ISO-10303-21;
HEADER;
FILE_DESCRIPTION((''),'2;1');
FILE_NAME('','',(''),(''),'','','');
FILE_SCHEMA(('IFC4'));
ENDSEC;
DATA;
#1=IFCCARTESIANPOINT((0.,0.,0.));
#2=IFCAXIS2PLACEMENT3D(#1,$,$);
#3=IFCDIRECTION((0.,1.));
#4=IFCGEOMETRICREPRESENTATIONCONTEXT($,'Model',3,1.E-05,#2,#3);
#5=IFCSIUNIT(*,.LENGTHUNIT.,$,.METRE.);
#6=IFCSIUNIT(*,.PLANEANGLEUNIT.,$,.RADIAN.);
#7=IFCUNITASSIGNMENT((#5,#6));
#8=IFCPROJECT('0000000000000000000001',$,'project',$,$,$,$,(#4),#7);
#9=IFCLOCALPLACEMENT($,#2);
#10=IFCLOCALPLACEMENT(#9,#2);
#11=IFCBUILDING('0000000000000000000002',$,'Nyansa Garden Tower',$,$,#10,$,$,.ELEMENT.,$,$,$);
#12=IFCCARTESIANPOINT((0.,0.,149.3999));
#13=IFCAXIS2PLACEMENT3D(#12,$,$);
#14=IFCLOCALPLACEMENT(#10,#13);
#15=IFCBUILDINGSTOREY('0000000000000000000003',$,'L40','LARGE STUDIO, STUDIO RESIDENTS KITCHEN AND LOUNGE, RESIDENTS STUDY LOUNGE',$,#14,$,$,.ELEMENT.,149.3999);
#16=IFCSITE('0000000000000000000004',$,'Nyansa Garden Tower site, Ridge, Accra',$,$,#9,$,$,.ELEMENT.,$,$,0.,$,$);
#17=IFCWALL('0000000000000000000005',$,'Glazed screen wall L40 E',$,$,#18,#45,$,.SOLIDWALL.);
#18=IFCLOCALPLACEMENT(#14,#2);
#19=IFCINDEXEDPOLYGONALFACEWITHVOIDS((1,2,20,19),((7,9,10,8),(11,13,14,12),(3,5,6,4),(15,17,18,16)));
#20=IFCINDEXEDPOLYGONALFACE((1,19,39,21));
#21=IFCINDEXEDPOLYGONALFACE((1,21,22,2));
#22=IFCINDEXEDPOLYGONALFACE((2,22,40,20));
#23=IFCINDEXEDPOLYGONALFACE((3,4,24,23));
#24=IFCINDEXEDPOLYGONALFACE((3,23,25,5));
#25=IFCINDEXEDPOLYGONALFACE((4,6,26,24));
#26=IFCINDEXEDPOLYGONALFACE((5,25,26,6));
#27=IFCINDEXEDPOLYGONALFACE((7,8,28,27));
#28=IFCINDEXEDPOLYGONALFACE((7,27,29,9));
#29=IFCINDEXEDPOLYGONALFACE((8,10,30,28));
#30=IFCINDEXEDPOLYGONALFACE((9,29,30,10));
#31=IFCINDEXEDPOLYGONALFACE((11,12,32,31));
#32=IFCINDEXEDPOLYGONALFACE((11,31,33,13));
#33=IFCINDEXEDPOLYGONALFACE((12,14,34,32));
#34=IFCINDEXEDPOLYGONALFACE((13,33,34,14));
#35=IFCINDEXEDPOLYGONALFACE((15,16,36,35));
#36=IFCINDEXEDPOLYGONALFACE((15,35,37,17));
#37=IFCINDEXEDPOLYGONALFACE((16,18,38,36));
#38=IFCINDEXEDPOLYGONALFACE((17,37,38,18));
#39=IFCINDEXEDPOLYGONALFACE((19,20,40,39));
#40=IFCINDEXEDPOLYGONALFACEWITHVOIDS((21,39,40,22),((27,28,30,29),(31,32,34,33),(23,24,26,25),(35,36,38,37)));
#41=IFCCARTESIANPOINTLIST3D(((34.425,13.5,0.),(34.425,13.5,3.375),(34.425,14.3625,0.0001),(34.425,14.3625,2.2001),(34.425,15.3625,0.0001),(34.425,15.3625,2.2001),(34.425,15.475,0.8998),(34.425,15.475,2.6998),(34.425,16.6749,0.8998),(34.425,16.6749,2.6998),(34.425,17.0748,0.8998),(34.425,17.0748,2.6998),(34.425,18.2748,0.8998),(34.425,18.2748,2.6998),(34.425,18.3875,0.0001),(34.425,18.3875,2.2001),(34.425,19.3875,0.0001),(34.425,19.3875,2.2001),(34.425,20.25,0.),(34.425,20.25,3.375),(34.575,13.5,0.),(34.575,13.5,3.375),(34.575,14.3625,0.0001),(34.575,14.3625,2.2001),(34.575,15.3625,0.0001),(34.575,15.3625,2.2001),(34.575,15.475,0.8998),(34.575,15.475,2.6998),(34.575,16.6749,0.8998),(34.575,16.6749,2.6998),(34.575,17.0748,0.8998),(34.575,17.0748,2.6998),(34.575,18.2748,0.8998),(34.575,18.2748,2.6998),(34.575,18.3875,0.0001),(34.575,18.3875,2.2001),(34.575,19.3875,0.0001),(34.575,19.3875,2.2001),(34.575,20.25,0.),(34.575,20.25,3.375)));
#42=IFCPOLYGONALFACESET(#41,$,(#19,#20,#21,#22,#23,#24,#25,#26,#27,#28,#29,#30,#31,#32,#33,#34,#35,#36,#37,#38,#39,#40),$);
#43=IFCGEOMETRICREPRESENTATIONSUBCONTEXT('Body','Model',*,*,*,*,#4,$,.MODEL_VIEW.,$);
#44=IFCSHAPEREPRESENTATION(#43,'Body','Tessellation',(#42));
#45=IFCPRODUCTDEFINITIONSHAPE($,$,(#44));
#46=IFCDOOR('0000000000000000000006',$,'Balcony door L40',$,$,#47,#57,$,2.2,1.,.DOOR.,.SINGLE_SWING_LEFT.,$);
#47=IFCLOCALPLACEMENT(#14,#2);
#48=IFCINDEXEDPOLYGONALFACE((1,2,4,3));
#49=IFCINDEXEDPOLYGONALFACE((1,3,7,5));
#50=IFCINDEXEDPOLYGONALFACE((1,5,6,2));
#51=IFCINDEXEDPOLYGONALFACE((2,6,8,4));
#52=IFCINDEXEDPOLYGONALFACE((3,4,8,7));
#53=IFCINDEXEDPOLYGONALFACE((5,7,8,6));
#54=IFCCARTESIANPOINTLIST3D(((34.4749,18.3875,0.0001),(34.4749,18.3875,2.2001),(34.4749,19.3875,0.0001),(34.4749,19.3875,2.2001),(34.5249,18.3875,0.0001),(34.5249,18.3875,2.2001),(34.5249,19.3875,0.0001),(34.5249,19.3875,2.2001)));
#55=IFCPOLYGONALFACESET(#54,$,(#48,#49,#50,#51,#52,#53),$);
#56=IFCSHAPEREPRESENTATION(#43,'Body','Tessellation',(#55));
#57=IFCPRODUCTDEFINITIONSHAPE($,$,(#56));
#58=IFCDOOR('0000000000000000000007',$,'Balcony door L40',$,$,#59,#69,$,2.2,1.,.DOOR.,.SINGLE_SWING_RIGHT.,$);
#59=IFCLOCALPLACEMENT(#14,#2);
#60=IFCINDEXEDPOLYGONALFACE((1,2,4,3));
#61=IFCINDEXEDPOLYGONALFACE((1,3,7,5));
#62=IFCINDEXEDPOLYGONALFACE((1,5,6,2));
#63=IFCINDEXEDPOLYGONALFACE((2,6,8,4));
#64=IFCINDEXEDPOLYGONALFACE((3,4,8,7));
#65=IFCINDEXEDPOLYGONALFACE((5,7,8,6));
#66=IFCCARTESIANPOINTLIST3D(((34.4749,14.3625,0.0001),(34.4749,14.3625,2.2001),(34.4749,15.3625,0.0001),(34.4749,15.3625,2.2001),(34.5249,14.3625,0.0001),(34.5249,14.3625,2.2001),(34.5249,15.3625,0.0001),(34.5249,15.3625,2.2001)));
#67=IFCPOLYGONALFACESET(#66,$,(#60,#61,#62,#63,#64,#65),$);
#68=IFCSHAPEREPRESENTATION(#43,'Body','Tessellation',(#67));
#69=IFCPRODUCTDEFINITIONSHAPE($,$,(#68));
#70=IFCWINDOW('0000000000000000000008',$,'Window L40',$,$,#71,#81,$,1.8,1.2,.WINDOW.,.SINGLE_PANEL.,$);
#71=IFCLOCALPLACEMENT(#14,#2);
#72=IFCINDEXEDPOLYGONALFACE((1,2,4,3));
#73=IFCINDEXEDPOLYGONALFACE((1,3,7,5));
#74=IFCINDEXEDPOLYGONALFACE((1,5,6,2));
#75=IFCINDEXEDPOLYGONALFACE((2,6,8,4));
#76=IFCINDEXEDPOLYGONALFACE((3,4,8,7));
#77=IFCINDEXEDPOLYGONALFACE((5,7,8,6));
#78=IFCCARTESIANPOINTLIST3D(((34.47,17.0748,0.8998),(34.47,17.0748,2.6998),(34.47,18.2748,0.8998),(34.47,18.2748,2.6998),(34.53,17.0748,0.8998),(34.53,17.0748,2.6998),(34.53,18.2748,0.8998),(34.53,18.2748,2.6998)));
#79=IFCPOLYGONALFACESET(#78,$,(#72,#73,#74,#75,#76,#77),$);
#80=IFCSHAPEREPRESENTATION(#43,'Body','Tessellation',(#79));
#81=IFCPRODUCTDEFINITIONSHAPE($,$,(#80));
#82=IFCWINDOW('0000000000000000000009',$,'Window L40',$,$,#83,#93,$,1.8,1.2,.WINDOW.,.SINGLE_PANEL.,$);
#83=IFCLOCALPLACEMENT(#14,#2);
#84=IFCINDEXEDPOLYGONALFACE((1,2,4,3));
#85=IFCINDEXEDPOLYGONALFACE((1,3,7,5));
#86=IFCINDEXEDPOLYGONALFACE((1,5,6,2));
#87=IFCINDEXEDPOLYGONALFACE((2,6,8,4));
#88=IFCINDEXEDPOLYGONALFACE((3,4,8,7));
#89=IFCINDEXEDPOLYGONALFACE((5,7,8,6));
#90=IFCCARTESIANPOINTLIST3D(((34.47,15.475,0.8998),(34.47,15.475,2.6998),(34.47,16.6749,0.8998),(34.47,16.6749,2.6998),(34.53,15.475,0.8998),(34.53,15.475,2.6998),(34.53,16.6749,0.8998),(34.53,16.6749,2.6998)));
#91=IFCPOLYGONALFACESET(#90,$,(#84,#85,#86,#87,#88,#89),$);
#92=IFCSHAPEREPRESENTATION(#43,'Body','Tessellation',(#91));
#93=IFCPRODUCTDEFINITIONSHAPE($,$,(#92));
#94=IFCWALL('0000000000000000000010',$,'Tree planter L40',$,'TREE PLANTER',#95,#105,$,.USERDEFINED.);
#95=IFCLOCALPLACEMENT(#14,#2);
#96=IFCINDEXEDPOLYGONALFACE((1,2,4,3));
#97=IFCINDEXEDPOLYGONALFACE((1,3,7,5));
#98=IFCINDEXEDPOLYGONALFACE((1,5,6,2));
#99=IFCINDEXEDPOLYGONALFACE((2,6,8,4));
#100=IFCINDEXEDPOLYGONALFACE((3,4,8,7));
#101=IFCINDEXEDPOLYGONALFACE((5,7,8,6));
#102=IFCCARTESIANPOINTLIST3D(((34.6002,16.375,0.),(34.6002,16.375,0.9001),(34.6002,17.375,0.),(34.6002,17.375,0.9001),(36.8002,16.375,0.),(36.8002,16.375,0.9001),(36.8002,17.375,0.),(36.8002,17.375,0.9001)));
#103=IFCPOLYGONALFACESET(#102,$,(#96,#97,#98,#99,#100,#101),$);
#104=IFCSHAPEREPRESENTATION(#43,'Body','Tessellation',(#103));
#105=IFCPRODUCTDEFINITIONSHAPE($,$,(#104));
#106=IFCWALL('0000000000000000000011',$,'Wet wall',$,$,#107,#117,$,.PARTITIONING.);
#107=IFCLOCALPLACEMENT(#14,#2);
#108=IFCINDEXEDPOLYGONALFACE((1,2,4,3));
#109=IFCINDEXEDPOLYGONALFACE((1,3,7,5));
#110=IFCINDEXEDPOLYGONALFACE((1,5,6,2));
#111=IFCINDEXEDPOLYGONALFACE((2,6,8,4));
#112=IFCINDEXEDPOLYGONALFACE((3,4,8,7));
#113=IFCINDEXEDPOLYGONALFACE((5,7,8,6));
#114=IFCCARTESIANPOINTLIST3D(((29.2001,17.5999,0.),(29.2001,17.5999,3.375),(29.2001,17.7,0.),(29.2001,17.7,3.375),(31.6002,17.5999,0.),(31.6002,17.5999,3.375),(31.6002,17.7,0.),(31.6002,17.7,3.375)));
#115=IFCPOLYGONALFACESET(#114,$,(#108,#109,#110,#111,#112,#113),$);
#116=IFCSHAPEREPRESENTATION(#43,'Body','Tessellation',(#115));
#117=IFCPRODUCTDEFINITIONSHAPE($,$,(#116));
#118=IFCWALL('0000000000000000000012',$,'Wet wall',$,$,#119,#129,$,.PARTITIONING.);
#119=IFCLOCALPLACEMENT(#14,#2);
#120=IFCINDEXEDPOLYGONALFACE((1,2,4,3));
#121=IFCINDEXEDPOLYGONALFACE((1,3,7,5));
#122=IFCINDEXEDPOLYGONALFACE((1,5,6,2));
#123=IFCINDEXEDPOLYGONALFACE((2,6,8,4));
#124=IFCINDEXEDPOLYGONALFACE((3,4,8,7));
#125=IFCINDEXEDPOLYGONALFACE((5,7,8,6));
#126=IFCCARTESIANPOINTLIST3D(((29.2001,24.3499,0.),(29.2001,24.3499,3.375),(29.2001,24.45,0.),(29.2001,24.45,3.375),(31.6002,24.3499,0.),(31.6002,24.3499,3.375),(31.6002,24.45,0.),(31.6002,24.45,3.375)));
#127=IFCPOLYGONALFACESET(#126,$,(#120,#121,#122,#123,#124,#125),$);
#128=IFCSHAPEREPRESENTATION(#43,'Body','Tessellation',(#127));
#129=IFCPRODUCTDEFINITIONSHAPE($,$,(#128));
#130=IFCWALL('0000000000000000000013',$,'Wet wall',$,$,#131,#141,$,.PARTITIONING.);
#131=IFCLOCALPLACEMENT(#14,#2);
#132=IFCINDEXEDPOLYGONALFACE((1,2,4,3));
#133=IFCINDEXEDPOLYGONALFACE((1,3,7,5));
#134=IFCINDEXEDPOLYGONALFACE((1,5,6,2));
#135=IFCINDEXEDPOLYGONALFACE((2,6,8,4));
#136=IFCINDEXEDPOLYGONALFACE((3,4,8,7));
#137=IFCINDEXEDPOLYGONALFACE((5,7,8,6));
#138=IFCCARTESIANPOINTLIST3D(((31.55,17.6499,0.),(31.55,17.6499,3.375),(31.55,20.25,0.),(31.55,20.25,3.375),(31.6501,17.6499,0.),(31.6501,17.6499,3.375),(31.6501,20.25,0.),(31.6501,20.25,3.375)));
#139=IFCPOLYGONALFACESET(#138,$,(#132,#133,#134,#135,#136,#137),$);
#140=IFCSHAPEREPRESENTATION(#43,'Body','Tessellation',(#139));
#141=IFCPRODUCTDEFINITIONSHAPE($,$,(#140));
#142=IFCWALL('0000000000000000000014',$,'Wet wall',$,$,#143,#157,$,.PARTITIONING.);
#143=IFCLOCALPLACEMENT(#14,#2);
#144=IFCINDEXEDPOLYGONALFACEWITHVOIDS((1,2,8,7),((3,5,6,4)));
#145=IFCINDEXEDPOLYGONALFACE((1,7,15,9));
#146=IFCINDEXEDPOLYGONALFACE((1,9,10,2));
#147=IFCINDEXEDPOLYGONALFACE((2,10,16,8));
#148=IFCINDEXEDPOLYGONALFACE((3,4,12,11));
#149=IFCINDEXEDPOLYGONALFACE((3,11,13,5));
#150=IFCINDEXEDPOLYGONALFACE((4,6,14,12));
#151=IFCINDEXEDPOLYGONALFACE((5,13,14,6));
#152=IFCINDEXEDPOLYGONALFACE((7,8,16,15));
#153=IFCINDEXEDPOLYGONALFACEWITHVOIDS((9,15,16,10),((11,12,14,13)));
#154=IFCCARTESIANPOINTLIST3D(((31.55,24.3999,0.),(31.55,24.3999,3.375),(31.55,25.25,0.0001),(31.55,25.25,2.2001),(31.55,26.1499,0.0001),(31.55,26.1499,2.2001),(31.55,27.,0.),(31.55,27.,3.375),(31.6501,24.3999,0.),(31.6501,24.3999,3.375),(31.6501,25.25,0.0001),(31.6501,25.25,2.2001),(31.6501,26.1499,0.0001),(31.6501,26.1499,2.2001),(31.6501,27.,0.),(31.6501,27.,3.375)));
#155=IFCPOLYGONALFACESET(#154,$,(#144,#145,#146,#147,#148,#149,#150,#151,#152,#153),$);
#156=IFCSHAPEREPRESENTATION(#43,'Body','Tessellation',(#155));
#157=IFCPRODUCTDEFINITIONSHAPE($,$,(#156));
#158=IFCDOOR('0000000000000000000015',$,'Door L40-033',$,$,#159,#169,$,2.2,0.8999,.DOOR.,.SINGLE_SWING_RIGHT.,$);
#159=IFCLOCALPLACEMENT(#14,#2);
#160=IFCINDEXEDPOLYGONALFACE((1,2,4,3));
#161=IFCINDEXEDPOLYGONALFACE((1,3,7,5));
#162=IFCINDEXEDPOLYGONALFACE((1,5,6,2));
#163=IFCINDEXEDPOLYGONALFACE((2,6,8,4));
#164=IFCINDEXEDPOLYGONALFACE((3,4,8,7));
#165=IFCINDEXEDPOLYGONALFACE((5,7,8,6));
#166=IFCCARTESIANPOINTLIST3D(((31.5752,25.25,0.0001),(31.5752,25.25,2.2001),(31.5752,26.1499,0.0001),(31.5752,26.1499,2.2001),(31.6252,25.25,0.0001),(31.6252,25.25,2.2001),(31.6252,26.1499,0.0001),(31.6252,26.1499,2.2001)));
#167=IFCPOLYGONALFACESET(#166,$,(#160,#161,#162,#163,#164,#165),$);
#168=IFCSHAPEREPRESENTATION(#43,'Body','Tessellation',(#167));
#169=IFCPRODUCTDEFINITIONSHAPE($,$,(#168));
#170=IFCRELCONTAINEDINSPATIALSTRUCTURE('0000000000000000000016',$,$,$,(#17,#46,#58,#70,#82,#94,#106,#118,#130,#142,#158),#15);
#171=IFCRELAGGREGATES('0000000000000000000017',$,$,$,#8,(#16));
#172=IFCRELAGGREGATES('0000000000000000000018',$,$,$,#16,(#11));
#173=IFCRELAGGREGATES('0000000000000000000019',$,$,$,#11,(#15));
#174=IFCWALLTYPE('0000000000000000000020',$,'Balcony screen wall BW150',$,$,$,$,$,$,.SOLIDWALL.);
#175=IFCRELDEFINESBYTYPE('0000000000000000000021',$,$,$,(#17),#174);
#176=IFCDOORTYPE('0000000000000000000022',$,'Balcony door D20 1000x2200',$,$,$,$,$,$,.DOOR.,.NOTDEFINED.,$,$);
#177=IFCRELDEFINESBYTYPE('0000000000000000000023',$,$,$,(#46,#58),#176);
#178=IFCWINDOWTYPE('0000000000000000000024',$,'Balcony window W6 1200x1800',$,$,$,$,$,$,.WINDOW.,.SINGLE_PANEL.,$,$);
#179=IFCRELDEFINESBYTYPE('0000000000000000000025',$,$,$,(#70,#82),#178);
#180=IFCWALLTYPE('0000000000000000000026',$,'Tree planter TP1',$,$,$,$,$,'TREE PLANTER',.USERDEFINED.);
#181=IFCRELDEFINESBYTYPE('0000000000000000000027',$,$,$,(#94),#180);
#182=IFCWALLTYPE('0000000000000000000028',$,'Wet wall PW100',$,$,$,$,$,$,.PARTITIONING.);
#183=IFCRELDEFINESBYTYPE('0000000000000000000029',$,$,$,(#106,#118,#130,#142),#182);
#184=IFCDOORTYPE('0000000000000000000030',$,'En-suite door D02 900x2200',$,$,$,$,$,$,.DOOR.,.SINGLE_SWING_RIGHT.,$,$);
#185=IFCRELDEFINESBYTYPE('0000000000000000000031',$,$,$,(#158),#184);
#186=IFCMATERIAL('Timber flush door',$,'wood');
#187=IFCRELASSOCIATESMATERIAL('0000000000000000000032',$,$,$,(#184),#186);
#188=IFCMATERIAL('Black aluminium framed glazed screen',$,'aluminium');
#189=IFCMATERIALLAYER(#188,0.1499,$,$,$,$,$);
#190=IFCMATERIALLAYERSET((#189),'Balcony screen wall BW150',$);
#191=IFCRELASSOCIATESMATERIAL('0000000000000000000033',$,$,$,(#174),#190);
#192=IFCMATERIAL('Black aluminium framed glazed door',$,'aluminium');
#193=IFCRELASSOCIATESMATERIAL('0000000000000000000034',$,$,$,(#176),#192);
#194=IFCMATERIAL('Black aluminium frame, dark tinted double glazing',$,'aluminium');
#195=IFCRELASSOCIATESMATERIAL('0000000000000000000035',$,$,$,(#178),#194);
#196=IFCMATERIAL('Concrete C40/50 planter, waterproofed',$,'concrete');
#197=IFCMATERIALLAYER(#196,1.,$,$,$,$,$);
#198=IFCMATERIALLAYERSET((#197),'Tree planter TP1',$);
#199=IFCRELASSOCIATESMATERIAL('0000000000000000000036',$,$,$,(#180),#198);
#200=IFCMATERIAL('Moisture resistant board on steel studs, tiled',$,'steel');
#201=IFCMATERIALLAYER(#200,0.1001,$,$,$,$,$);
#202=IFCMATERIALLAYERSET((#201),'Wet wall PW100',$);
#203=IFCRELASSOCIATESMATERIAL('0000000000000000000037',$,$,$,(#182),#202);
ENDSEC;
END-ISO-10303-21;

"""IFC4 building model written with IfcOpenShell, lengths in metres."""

from ifc_helpers import new_model, si_unit, direction, frame, frame_2d, origin, place, context, subcontext, project, spatial, rectangle, extrude, material, layer, layer_set, type_object, element, fill, save


model = new_model("IFC4")

# Units and contexts
model_context = context("Model", 3, precision=1e-05, world=origin(), true_north=direction((0.0, 1.0)))
body_context = subcontext(model_context, "Body", "Model", "MODEL_VIEW")
ifc_project = project(units=[si_unit("LENGTHUNIT", "METRE"), si_unit("PLANEANGLEUNIT", "RADIAN")], contexts=[model_context])

# Site, building, storey
site_placement = place(None, origin())
site = spatial("IfcSite", under=ifc_project, at=site_placement, Name="Nyansa Garden Tower site, Ridge, Accra", CompositionType="ELEMENT", RefElevation=0.0)
building_placement = place(site_placement, origin())
building = spatial("IfcBuilding", under=site, at=building_placement, Name="Nyansa Garden Tower", CompositionType="ELEMENT")
storey_placement = place(building_placement, frame((0.0, 0.0, 149.3999)))
storey = spatial("IfcBuildingStorey", under=building, at=storey_placement, Name="L40", Description="LARGE STUDIO, STUDIO RESIDENTS KITCHEN AND LOUNGE, RESIDENTS STUDY LOUNGE", CompositionType="ELEMENT", Elevation=149.3999)

# Shared definitions
ifc_material_1 = material(Name="Timber flush door", Category="wood")
door_type_1 = type_object("IfcDoorType", Name="En-suite door D02 900x2200", OperationType="SINGLE_SWING_RIGHT", PredefinedType="DOOR", material=ifc_material_1)

# Wall, openings, doors, windows
ifc_material_2 = material(Name="Black aluminium framed glazed screen", Category="aluminium")
ifc_layer_1 = layer(ifc_material_2, 0.1499)
ifc_layer_set_1 = layer_set([ifc_layer_1], Name="Balcony screen wall BW150")
wall_type_1 = type_object("IfcWallType", Name="Balcony screen wall BW150", PredefinedType="SOLIDWALL", material=ifc_layer_set_1)
wall_1_placement = place(storey_placement, frame((34.5, 20.25, 0.0), z_axis=(0.0, 0.0, 1.0), x_axis=(0.0, -1.0, 0.0)))
wall_1 = element("IfcWall", 1, at=wall_1_placement, inside=storey, type_object=wall_type_1, Name="Glazed screen wall L40 E", PredefinedType="SOLIDWALL", context=body_context, shape_type="SweptSolid", body=[
    extrude(rectangle(XDim=6.75, YDim=0.1499, at=frame_2d((3.375, 0.0))), origin(), (0.0, 0.0, 1.0), 3.375),
])
opening_1_placement = place(wall_1_placement, frame((0.8625, 0.0, 0.0)))
opening_1 = element("IfcOpeningElement", 2, at=opening_1_placement, cuts=wall_1, PredefinedType="OPENING", context=body_context, shape_type="SweptSolid", body=[
    extrude(rectangle(XDim=1.0, YDim=2.2, at=frame_2d((0.5, 1.1001))), frame((0.0, 0.085, 0.0), z_axis=(0.0, -1.0, 0.0), x_axis=(1.0, 0.0, 0.0)), (0.0, 0.0, 1.0), 0.1699),
])
opening_2_placement = place(wall_1_placement, frame((1.9751, 0.0, 0.8999)))
opening_2 = element("IfcOpeningElement", 3, at=opening_2_placement, cuts=wall_1, PredefinedType="OPENING", context=body_context, shape_type="SweptSolid", body=[
    extrude(rectangle(XDim=1.2, YDim=1.8, at=frame_2d((0.6001, 0.8999))), frame((0.0, 0.085, 0.0), z_axis=(0.0, -1.0, 0.0), x_axis=(1.0, 0.0, 0.0)), (0.0, 0.0, 1.0), 0.1699),
])
opening_3_placement = place(wall_1_placement, frame((4.8875, 0.0, 0.0)))
opening_3 = element("IfcOpeningElement", 4, at=opening_3_placement, cuts=wall_1, PredefinedType="OPENING", context=body_context, shape_type="SweptSolid", body=[
    extrude(rectangle(XDim=1.0, YDim=2.2, at=frame_2d((0.5, 1.1001))), frame((0.0, 0.085, 0.0), z_axis=(0.0, -1.0, 0.0), x_axis=(1.0, 0.0, 0.0)), (0.0, 0.0, 1.0), 0.1699),
])
opening_4_placement = place(wall_1_placement, frame((3.575, 0.0, 0.8999)))
opening_4 = element("IfcOpeningElement", 5, at=opening_4_placement, cuts=wall_1, PredefinedType="OPENING", context=body_context, shape_type="SweptSolid", body=[
    extrude(rectangle(XDim=1.2, YDim=1.8, at=frame_2d((0.6001, 0.8999))), frame((0.0, 0.085, 0.0), z_axis=(0.0, -1.0, 0.0), x_axis=(1.0, 0.0, 0.0)), (0.0, 0.0, 1.0), 0.1699),
])
ifc_material_3 = material(Name="Black aluminium framed glazed door", Category="aluminium")
door_type_2 = type_object("IfcDoorType", Name="Balcony door D20 1000x2200", OperationType="NOTDEFINED", PredefinedType="DOOR", material=ifc_material_3)
door_1_placement = place(opening_1_placement, origin())
door_1 = element("IfcDoor", 6, at=door_1_placement, inside=storey, type_object=door_type_2, Name="Balcony door L40", OperationType="SINGLE_SWING_LEFT", OverallHeight=2.2, OverallWidth=1.0, PredefinedType="DOOR", context=body_context, shape_type="SweptSolid", body=[
    extrude(rectangle(XDim=1.0, YDim=2.2, at=frame_2d((0.5, 1.1001))), frame((0.0, 0.0249, 0.0), z_axis=(0.0, -1.0, 0.0), x_axis=(1.0, 0.0, 0.0)), (0.0, 0.0, 1.0), 0.05),
])
fill(opening_1, door_1)
door_2_placement = place(opening_3_placement, origin())
door_2 = element("IfcDoor", 7, at=door_2_placement, inside=storey, type_object=door_type_2, Name="Balcony door L40", OperationType="SINGLE_SWING_RIGHT", OverallHeight=2.2, OverallWidth=1.0, PredefinedType="DOOR", context=body_context, shape_type="SweptSolid", body=[
    extrude(rectangle(XDim=1.0, YDim=2.2, at=frame_2d((0.5, 1.1001))), frame((0.0, 0.0249, 0.0), z_axis=(0.0, -1.0, 0.0), x_axis=(1.0, 0.0, 0.0)), (0.0, 0.0, 1.0), 0.05),
])
fill(opening_3, door_2)
ifc_material_4 = material(Name="Black aluminium frame, dark tinted double glazing", Category="aluminium")
window_type = type_object("IfcWindowType", Name="Balcony window W6 1200x1800", PartitioningType="SINGLE_PANEL", PredefinedType="WINDOW", material=ifc_material_4)
window_1_placement = place(opening_2_placement, origin())
window_1 = element("IfcWindow", 8, at=window_1_placement, inside=storey, type_object=window_type, Name="Window L40", OverallHeight=1.8, OverallWidth=1.2, PartitioningType="SINGLE_PANEL", PredefinedType="WINDOW", context=body_context, shape_type="SweptSolid", body=[
    extrude(rectangle(XDim=1.2, YDim=1.8, at=frame_2d((0.6001, 0.8999))), frame((0.0, 0.03, 0.0), z_axis=(0.0, -1.0, 0.0), x_axis=(1.0, 0.0, 0.0)), (0.0, 0.0, 1.0), 0.0601),
])
fill(opening_2, window_1)
window_2_placement = place(opening_4_placement, origin())
window_2 = element("IfcWindow", 9, at=window_2_placement, inside=storey, type_object=window_type, Name="Window L40", OverallHeight=1.8, OverallWidth=1.2, PartitioningType="SINGLE_PANEL", PredefinedType="WINDOW", context=body_context, shape_type="SweptSolid", body=[
    extrude(rectangle(XDim=1.2, YDim=1.8, at=frame_2d((0.6001, 0.8999))), frame((0.0, 0.03, 0.0), z_axis=(0.0, -1.0, 0.0), x_axis=(1.0, 0.0, 0.0)), (0.0, 0.0, 1.0), 0.0601),
])
fill(opening_4, window_2)

# Walls
ifc_material_5 = material(Name="Concrete C40/50 planter, waterproofed", Category="concrete")
ifc_layer_2 = layer(ifc_material_5, 1.0)
ifc_layer_set_2 = layer_set([ifc_layer_2], Name="Tree planter TP1")
wall_type_2 = type_object("IfcWallType", Name="Tree planter TP1", ElementType="TREE PLANTER", PredefinedType="USERDEFINED", material=ifc_layer_set_2)
wall_2_placement = place(storey_placement, frame((34.6001, 16.875, 0.0), z_axis=(0.0, 0.0, 1.0), x_axis=(1.0, 0.0, 0.0)))
element("IfcWall", 10, at=wall_2_placement, inside=storey, type_object=wall_type_2, Name="Tree planter L40", ObjectType="TREE PLANTER", PredefinedType="USERDEFINED", context=body_context, shape_type="SweptSolid", body=[
    extrude(rectangle(XDim=2.2, YDim=1.0, at=frame_2d((1.1001, 0.0))), origin(), (0.0, 0.0, 1.0), 0.9001),
])
ifc_material_6 = material(Name="Moisture resistant board on steel studs, tiled", Category="steel")
ifc_layer_3 = layer(ifc_material_6, 0.1001)
ifc_layer_set_3 = layer_set([ifc_layer_3], Name="Wet wall PW100")
wall_type_3 = type_object("IfcWallType", Name="Wet wall PW100", PredefinedType="PARTITIONING", material=ifc_layer_set_3)
for number, where, z_axis, x_axis, name in (
    (11, (29.2, 17.6499, 0.0), (0.0, 0.0, 1.0), (1.0, 0.0, 0.0), "Wet wall"),
    (12, (29.2, 24.3999, 0.0), (0.0, 0.0, 1.0), (1.0, 0.0, 0.0), "Wet wall"),
):
    element("IfcWall", number, at=place(storey_placement, frame(where, z_axis=z_axis, x_axis=x_axis)), inside=storey, type_object=wall_type_3, Name=name, PredefinedType="PARTITIONING", context=body_context, shape_type="SweptSolid", body=[
        extrude(rectangle(XDim=2.4001, YDim=0.1001, at=frame_2d((1.2002, 0.0))), origin(), (0.0, 0.0, 1.0), 3.375),
    ])
wall_3_placement = place(storey_placement, frame((31.6001, 17.6499, 0.0), z_axis=(0.0, 0.0, 1.0), x_axis=(0.0, 1.0, 0.0)))
element("IfcWall", 13, at=wall_3_placement, inside=storey, type_object=wall_type_3, Name="Wet wall", PredefinedType="PARTITIONING", context=body_context, shape_type="SweptSolid", body=[
    extrude(rectangle(XDim=2.6001, YDim=0.1001, at=frame_2d((1.3, 0.0))), origin(), (0.0, 0.0, 1.0), 3.375),
])

# Wall, opening, door
wall_4_placement = place(storey_placement, frame((31.6001, 24.3999, 0.0), z_axis=(0.0, 0.0, 1.0), x_axis=(0.0, 1.0, 0.0)))
wall_4 = element("IfcWall", 14, at=wall_4_placement, inside=storey, type_object=wall_type_3, Name="Wet wall", PredefinedType="PARTITIONING", context=body_context, shape_type="SweptSolid", body=[
    extrude(rectangle(XDim=2.6001, YDim=0.1001, at=frame_2d((1.3, 0.0))), origin(), (0.0, 0.0, 1.0), 3.375),
])
opening_5_placement = place(wall_4_placement, frame((0.8501, 0.0, 0.0)))
opening_5 = element("IfcOpeningElement", 15, at=opening_5_placement, cuts=wall_4, PredefinedType="OPENING", context=body_context, shape_type="SweptSolid", body=[
    extrude(rectangle(XDim=0.8999, YDim=2.2, at=frame_2d((0.45, 1.1001))), frame((0.0, 0.0601, 0.0), z_axis=(0.0, -1.0, 0.0), x_axis=(1.0, 0.0, 0.0)), (0.0, 0.0, 1.0), 0.1201),
])
door_3_placement = place(opening_5_placement, origin())
door_3 = element("IfcDoor", 16, at=door_3_placement, inside=storey, type_object=door_type_1, Name="Door L40-033", OperationType="SINGLE_SWING_RIGHT", OverallHeight=2.2, OverallWidth=0.8999, PredefinedType="DOOR", context=body_context, shape_type="SweptSolid", body=[
    extrude(rectangle(XDim=0.8999, YDim=2.2, at=frame_2d((0.45, 1.1001))), frame((0.0, 0.0249, 0.0), z_axis=(0.0, -1.0, 0.0), x_axis=(1.0, 0.0, 0.0)), (0.0, 0.0, 1.0), 0.05),
])
fill(opening_5, door_3)

save(model, "model.ifc")
